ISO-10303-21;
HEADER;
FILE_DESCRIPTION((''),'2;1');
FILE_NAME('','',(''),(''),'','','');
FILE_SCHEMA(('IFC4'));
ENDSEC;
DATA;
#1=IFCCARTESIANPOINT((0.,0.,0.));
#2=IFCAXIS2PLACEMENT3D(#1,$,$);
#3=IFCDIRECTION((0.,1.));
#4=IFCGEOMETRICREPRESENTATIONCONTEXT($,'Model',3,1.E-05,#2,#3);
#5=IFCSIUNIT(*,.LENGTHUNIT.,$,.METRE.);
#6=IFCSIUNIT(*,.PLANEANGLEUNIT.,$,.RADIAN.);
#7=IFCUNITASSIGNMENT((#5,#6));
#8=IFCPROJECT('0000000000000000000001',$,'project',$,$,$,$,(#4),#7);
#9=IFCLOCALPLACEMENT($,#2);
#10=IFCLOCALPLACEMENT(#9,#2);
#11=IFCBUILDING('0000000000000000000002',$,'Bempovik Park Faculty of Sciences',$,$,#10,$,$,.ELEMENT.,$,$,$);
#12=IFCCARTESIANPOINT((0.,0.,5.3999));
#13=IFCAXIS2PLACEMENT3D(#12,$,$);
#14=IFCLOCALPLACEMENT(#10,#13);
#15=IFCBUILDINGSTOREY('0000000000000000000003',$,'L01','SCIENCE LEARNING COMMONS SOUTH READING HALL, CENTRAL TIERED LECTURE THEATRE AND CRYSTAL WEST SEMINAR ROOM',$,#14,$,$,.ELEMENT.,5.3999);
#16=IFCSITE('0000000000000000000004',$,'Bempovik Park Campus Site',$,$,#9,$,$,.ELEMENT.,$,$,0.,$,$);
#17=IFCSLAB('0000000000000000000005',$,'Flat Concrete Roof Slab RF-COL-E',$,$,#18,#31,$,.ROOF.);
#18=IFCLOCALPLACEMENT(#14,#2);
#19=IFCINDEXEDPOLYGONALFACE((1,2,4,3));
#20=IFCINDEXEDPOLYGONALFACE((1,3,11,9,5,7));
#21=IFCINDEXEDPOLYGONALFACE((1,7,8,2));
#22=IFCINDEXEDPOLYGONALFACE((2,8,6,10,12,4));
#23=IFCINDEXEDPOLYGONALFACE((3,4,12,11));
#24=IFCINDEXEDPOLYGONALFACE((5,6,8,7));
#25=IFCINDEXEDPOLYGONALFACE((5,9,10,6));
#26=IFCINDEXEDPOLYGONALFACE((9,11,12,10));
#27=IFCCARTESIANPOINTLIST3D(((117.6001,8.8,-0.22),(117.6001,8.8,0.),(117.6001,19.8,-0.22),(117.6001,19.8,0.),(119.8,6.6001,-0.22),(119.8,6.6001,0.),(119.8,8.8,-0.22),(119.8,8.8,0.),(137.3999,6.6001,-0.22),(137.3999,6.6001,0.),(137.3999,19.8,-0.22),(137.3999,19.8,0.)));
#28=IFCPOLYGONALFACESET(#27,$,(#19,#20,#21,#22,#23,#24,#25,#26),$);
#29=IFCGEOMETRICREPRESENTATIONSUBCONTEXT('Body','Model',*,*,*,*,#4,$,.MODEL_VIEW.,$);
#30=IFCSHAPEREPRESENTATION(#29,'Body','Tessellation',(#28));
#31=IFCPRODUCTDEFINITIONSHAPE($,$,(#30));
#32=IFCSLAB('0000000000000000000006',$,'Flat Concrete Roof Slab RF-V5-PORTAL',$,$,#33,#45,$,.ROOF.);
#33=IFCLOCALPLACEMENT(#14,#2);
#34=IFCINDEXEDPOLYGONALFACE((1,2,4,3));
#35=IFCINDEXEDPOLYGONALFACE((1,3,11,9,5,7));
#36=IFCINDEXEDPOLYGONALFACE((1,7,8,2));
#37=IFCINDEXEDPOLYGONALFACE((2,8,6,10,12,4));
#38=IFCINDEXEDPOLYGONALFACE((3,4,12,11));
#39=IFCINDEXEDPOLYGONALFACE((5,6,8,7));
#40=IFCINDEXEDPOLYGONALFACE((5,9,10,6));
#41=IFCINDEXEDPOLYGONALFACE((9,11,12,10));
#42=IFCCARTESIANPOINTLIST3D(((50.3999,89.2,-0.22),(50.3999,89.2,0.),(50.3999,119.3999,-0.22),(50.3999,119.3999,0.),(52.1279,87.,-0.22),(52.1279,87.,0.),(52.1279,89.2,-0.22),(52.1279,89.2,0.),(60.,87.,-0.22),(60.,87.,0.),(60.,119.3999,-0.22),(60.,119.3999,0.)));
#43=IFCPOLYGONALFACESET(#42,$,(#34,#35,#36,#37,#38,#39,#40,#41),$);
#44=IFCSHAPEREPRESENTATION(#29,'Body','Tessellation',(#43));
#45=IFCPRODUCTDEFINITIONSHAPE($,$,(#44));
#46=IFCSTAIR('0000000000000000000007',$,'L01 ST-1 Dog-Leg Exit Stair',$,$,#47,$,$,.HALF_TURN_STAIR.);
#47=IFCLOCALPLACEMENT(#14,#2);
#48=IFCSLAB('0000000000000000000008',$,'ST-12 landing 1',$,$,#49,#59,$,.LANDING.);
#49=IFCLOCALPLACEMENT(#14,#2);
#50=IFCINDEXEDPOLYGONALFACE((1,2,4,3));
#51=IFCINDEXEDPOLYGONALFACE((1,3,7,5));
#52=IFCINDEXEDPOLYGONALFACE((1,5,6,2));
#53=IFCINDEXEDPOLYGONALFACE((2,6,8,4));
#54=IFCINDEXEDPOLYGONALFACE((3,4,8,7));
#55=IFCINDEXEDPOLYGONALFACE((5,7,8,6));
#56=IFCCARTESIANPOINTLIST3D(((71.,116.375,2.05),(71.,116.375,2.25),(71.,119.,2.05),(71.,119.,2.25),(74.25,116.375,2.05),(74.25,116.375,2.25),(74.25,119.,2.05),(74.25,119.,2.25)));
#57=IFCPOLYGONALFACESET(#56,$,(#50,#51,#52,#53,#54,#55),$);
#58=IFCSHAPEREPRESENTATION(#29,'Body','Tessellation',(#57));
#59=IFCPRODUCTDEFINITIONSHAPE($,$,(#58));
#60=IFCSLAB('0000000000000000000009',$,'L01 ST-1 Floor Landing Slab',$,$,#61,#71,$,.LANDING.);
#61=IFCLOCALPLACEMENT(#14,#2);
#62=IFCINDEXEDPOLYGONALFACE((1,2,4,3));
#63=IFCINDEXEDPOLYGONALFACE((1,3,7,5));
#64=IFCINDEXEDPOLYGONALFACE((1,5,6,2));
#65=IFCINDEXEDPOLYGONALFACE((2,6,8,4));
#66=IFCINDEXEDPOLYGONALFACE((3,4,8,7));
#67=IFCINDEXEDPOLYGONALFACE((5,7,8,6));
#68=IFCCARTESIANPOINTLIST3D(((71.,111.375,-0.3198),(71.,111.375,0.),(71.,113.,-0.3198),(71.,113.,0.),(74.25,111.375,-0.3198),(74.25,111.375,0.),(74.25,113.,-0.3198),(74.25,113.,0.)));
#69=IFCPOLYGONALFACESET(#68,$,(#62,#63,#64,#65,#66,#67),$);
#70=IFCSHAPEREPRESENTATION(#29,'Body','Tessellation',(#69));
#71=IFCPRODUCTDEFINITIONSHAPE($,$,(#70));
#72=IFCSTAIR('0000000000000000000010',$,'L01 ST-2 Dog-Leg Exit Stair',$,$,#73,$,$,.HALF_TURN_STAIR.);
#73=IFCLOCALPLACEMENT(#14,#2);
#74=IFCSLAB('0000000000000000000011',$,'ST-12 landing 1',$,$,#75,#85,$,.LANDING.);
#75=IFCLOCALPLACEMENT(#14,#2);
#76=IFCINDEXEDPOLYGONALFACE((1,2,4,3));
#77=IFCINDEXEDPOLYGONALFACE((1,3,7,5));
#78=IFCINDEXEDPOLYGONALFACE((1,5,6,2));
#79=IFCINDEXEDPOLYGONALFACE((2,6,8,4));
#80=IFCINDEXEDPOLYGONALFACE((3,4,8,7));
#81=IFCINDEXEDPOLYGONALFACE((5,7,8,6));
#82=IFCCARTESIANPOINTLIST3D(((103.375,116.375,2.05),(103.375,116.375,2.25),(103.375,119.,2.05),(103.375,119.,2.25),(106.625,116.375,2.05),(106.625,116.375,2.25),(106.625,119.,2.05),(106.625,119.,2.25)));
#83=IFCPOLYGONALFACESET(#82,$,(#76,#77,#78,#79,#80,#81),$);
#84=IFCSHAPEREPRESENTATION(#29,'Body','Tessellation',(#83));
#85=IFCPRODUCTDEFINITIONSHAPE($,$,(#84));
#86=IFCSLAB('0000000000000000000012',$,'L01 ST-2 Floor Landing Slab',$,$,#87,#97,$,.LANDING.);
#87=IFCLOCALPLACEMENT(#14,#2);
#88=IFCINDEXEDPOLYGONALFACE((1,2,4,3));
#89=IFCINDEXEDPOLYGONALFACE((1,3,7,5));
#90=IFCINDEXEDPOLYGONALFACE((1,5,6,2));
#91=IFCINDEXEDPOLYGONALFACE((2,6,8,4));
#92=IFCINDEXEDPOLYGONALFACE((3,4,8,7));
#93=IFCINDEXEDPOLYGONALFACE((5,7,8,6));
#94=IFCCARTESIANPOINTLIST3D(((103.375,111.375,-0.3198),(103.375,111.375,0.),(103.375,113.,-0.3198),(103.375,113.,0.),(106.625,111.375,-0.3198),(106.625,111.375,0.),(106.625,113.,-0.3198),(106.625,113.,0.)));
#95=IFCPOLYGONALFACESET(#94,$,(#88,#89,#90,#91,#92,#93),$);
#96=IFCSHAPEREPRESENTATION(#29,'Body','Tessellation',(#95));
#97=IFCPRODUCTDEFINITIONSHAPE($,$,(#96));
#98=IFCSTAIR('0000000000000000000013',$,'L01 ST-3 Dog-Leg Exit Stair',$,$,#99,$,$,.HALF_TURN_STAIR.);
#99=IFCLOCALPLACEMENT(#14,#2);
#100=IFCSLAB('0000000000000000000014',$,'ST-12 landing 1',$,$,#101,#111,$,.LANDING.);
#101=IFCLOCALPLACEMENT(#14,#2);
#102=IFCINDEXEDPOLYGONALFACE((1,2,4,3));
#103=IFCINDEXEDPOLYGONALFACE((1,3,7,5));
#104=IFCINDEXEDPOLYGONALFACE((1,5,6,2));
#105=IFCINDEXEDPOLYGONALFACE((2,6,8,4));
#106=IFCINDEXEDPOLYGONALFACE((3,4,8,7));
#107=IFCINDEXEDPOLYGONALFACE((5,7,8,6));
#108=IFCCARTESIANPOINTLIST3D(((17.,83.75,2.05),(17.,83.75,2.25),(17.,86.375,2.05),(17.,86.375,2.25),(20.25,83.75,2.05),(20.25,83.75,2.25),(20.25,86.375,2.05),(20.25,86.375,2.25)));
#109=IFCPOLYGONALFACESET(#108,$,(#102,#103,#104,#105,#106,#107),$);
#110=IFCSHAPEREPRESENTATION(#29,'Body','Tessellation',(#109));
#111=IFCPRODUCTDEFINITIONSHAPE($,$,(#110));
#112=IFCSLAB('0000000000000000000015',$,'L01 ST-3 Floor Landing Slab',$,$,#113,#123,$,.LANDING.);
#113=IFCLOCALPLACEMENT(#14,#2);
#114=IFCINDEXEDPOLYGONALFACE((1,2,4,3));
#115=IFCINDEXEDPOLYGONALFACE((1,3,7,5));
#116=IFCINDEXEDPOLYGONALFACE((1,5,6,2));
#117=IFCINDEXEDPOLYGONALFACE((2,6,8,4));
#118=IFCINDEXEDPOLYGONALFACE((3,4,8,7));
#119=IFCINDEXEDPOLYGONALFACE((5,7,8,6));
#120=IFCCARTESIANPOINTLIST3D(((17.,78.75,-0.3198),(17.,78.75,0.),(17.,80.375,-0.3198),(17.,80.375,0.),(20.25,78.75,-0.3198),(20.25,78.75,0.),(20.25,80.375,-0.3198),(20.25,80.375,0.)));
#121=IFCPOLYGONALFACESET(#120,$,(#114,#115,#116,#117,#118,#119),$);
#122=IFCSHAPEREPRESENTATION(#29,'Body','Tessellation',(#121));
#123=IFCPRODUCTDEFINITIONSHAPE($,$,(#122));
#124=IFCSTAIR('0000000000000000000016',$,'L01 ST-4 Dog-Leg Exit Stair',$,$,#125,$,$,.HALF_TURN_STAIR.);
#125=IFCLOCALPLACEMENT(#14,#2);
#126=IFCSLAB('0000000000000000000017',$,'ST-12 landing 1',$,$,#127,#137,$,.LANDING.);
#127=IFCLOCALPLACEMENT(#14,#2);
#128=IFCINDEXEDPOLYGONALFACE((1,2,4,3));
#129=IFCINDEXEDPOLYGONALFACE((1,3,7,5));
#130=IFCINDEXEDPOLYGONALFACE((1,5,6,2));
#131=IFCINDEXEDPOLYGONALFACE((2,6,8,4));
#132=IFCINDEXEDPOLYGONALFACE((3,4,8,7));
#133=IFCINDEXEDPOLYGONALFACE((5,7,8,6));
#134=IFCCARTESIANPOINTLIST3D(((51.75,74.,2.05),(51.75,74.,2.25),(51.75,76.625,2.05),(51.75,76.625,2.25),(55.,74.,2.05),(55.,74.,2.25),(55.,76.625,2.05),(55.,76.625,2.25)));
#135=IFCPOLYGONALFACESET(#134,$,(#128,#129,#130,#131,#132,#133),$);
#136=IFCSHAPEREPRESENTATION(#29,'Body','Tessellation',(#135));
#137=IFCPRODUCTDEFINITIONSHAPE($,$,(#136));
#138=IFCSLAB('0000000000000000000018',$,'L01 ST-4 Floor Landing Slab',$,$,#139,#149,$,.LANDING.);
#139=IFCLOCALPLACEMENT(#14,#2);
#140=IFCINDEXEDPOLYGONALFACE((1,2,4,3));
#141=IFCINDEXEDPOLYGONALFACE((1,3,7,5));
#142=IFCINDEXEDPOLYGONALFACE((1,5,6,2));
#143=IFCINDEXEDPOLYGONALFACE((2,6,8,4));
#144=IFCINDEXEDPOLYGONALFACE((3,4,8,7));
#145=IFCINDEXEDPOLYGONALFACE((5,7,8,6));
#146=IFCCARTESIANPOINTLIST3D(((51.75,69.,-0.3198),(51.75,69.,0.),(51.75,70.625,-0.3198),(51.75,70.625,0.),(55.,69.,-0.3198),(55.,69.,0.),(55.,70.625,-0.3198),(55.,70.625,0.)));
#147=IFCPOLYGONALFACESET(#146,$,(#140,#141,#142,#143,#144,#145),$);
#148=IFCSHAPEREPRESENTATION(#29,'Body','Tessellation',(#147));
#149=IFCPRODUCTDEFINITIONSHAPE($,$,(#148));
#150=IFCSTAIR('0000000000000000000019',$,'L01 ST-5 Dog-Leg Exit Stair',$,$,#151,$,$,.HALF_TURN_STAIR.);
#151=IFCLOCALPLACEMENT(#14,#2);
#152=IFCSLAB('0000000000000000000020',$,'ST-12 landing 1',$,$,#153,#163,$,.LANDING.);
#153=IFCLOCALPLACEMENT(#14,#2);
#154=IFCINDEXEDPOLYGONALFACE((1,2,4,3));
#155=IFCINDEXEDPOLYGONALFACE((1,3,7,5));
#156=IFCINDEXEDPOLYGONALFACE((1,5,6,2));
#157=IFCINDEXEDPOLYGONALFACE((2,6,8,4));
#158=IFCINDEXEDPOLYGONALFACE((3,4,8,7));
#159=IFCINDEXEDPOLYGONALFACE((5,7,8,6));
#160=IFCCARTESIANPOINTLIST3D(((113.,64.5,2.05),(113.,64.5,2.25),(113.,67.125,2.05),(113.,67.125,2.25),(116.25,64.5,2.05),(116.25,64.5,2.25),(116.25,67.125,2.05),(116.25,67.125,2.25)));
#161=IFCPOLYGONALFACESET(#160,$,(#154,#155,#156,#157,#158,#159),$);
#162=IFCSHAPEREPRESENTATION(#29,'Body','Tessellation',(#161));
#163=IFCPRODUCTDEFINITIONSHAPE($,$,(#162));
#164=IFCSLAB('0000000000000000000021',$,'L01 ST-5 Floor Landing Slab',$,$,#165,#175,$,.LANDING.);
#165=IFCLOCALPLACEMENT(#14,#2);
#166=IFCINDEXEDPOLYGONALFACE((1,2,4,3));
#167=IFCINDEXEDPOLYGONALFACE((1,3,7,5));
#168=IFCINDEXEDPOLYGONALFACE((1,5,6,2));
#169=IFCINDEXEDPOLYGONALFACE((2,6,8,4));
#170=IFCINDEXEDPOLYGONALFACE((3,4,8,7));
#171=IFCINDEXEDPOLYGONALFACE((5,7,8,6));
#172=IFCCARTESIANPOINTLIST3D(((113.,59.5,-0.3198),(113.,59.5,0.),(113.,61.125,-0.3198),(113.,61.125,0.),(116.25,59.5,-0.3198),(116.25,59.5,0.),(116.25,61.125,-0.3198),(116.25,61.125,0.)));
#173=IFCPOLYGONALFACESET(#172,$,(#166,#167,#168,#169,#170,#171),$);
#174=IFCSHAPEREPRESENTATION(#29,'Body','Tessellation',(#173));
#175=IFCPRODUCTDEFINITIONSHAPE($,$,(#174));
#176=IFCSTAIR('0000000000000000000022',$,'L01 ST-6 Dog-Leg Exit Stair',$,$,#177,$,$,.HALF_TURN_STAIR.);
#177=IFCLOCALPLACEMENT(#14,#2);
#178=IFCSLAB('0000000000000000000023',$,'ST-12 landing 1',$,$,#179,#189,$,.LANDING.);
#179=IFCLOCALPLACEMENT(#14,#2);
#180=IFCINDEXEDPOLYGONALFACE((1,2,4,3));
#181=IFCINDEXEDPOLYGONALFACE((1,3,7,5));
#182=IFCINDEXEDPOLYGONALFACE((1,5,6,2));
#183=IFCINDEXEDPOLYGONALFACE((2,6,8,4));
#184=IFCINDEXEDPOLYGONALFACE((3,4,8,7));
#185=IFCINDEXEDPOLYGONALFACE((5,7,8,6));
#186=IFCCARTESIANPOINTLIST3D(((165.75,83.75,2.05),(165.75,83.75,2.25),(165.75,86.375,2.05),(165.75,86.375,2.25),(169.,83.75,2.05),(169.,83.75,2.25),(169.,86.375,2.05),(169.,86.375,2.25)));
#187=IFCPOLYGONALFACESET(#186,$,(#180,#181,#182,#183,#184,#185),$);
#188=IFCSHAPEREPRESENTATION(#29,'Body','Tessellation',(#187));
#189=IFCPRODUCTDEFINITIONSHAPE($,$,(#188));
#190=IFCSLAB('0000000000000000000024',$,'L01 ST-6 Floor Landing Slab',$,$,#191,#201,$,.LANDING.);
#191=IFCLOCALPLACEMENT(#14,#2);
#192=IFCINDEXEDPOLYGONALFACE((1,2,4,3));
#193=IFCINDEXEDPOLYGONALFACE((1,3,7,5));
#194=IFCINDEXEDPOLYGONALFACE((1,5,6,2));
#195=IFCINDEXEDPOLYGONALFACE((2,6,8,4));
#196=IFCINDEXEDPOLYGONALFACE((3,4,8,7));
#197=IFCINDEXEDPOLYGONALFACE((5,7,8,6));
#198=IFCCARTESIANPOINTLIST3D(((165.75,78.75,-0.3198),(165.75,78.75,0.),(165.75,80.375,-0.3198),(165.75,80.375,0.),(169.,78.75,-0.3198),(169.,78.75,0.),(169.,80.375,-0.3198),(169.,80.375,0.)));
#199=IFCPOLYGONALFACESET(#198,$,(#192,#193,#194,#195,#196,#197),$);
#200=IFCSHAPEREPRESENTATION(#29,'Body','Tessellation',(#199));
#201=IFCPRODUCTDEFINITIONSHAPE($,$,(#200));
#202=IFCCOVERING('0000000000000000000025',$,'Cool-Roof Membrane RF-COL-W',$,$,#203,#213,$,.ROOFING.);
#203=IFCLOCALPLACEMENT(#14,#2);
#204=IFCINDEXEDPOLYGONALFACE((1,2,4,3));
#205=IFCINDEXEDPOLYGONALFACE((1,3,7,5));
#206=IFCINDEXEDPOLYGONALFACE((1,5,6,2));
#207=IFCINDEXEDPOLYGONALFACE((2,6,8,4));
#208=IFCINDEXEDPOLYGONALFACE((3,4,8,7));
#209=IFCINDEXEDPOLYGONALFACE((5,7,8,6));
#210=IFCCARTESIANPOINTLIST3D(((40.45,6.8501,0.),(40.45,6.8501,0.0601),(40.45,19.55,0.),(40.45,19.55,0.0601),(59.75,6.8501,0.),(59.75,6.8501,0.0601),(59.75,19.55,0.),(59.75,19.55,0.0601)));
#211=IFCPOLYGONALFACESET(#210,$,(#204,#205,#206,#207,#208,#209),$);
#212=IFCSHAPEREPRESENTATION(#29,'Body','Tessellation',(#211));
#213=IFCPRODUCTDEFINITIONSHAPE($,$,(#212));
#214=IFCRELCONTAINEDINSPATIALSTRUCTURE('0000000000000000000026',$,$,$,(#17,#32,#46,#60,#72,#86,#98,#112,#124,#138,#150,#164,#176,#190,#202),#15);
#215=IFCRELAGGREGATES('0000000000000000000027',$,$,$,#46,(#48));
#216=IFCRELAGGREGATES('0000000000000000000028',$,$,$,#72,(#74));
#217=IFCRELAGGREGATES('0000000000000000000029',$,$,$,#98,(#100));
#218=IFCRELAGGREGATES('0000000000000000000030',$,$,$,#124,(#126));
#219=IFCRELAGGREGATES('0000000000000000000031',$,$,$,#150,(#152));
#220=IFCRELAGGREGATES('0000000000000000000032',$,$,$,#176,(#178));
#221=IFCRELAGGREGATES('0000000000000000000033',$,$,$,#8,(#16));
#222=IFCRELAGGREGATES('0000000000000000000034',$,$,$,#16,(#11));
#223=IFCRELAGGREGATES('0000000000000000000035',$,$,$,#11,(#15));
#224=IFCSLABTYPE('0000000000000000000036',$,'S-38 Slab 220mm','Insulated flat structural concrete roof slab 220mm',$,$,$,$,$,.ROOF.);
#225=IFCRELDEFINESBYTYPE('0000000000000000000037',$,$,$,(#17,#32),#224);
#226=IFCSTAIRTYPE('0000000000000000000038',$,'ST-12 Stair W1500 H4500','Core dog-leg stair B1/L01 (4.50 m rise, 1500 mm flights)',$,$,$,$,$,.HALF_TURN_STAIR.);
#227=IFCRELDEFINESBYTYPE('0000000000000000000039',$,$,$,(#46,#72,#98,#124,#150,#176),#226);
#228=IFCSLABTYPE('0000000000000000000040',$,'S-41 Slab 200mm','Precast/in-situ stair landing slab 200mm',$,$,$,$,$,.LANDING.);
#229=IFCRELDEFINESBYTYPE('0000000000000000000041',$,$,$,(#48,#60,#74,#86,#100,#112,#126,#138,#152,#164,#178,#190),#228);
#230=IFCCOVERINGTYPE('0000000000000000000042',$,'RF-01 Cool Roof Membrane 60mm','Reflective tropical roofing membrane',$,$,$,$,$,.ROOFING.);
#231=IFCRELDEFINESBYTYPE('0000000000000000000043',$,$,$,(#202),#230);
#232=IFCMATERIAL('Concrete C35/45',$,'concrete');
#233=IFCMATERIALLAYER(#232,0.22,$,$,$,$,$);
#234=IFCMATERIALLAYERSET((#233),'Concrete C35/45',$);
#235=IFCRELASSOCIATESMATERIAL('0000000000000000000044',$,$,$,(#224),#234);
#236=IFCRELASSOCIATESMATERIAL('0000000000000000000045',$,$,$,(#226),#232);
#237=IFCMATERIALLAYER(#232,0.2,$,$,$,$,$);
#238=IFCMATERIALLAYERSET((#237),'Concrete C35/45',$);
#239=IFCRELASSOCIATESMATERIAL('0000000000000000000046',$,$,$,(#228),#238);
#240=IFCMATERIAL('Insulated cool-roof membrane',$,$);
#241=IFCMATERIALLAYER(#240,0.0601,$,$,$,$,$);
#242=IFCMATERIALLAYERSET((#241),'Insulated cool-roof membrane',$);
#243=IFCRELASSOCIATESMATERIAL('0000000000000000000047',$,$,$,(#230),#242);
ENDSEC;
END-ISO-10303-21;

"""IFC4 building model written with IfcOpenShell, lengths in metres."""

from ifc_helpers import new_model, si_unit, direction, frame, origin, place, context, subcontext, project, spatial, polyline, outline, extrude, material, layer, layer_set, type_object, element, aggregate, save


model = new_model("IFC4")

# Units and contexts
model_context = context("Model", 3, precision=1e-05, world=origin(), true_north=direction((0.0, 1.0)))
body_context = subcontext(model_context, "Body", "Model", "MODEL_VIEW")
ifc_project = project(units=[si_unit("LENGTHUNIT", "METRE"), si_unit("PLANEANGLEUNIT", "RADIAN")], contexts=[model_context])

# Site, building, storey
site_placement = place(None, origin())
site = spatial("IfcSite", under=ifc_project, at=site_placement, Name="Bempovik Park Campus Site", CompositionType="ELEMENT", RefElevation=0.0)
building_placement = place(site_placement, origin())
building = spatial("IfcBuilding", under=site, at=building_placement, Name="Bempovik Park Faculty of Sciences", CompositionType="ELEMENT")
storey_placement = place(building_placement, frame((0.0, 0.0, 5.3999)))
storey = spatial("IfcBuildingStorey", under=building, at=storey_placement, Name="L01", Description="SCIENCE LEARNING COMMONS SOUTH READING HALL, CENTRAL TIERED LECTURE THEATRE AND CRYSTAL WEST SEMINAR ROOM", CompositionType="ELEMENT", Elevation=5.3999)

# Slabs
ifc_material_1 = material(Name="Concrete C35/45", Category="concrete")
ifc_layer_1 = layer(ifc_material_1, 0.22)
ifc_layer_set_1 = layer_set([ifc_layer_1], Name="Concrete C35/45")
slab_type_1 = type_object("IfcSlabType", Name="S-38 Slab 220mm", Description="Insulated flat structural concrete roof slab 220mm", PredefinedType="ROOF", material=ifc_layer_set_1)
slab_1_placement = place(storey_placement, frame((0.0, 0.0, -0.22)))
element("IfcSlab", 1, at=slab_1_placement, inside=storey, type_object=slab_type_1, Name="Flat Concrete Roof Slab RF-COL-E", PredefinedType="ROOF", context=body_context, shape_type="SweptSolid", body=[
    extrude(outline(polyline([(119.8, 6.6001), (137.3999, 6.6001), (137.3999, 19.8), (117.6001, 19.8), (117.6001, 8.8), (119.8, 8.8), (119.8, 6.6001)])), origin(), (0.0, 0.0, 1.0), 0.22),
])
slab_2_placement = place(storey_placement, frame((0.0, 0.0, -0.22)))
element("IfcSlab", 2, at=slab_2_placement, inside=storey, type_object=slab_type_1, Name="Flat Concrete Roof Slab RF-V5-PORTAL", PredefinedType="ROOF", context=body_context, shape_type="SweptSolid", body=[
    extrude(outline(polyline([(52.1279, 87.0), (60.0, 87.0), (60.0, 119.3999), (50.3999, 119.3999), (50.3999, 89.2), (52.1279, 89.2), (52.1279, 87.0)])), origin(), (0.0, 0.0, 1.0), 0.22),
])

# Stair, slab
stair_type = type_object("IfcStairType", Name="ST-12 Stair W1500 H4500", Description="Core dog-leg stair B1/L01 (4.50 m rise, 1500 mm flights)", PredefinedType="HALF_TURN_STAIR", material=ifc_material_1)
stair_1_placement = place(storey_placement, origin())
stair_1 = element("IfcStair", 3, at=stair_1_placement, inside=storey, type_object=stair_type, Name="L01 ST-1 Dog-Leg Exit Stair", PredefinedType="HALF_TURN_STAIR")
ifc_layer_2 = layer(ifc_material_1, 0.2)
ifc_layer_set_2 = layer_set([ifc_layer_2], Name="Concrete C35/45")
slab_type_2 = type_object("IfcSlabType", Name="S-41 Slab 200mm", Description="Precast/in-situ stair landing slab 200mm", PredefinedType="LANDING", material=ifc_layer_set_2)
slab_3_placement = place(storey_placement, frame((0.0, 0.0, 2.05)))
slab_3 = element("IfcSlab", 4, at=slab_3_placement, type_object=slab_type_2, Name="ST-12 landing 1", PredefinedType="LANDING", context=body_context, shape_type="SweptSolid", body=[
    extrude(outline(polyline([(74.25, 116.375), (74.25, 119.0), (71.0, 119.0), (71.0, 116.375), (74.25, 116.375)])), origin(), (0.0, 0.0, 1.0), 0.2),
])
aggregate(stair_1, [slab_3])

# Slab
slab_4_placement = place(storey_placement, frame((0.0, 0.0, -0.3198)))
element("IfcSlab", 5, at=slab_4_placement, inside=storey, type_object=slab_type_2, Name="L01 ST-1 Floor Landing Slab", PredefinedType="LANDING", context=body_context, shape_type="SweptSolid", body=[
    extrude(outline(polyline([(74.25, 111.375), (74.25, 113.0), (71.0, 113.0), (71.0, 111.375), (74.25, 111.375)])), origin(), (0.0, 0.0, 1.0), 0.3198),
])

# Stair, slab
stair_2_placement = place(storey_placement, origin())
stair_2 = element("IfcStair", 6, at=stair_2_placement, inside=storey, type_object=stair_type, Name="L01 ST-2 Dog-Leg Exit Stair", PredefinedType="HALF_TURN_STAIR")
slab_5_placement = place(storey_placement, frame((0.0, 0.0, 2.05)))
slab_5 = element("IfcSlab", 7, at=slab_5_placement, type_object=slab_type_2, Name="ST-12 landing 1", PredefinedType="LANDING", context=body_context, shape_type="SweptSolid", body=[
    extrude(outline(polyline([(106.625, 116.375), (106.625, 119.0), (103.375, 119.0), (103.375, 116.375), (106.625, 116.375)])), origin(), (0.0, 0.0, 1.0), 0.2),
])
aggregate(stair_2, [slab_5])

# Slab
slab_6_placement = place(storey_placement, frame((0.0, 0.0, -0.3198)))
element("IfcSlab", 8, at=slab_6_placement, inside=storey, type_object=slab_type_2, Name="L01 ST-2 Floor Landing Slab", PredefinedType="LANDING", context=body_context, shape_type="SweptSolid", body=[
    extrude(outline(polyline([(106.625, 111.375), (106.625, 113.0), (103.375, 113.0), (103.375, 111.375), (106.625, 111.375)])), origin(), (0.0, 0.0, 1.0), 0.3198),
])

# Stair, slab
stair_3_placement = place(storey_placement, origin())
stair_3 = element("IfcStair", 9, at=stair_3_placement, inside=storey, type_object=stair_type, Name="L01 ST-3 Dog-Leg Exit Stair", PredefinedType="HALF_TURN_STAIR")
slab_7_placement = place(storey_placement, frame((0.0, 0.0, 2.05)))
slab_7 = element("IfcSlab", 10, at=slab_7_placement, type_object=slab_type_2, Name="ST-12 landing 1", PredefinedType="LANDING", context=body_context, shape_type="SweptSolid", body=[
    extrude(outline(polyline([(20.25, 83.75), (20.25, 86.375), (17.0, 86.375), (17.0, 83.75), (20.25, 83.75)])), origin(), (0.0, 0.0, 1.0), 0.2),
])
aggregate(stair_3, [slab_7])

# Slab
slab_8_placement = place(storey_placement, frame((0.0, 0.0, -0.3198)))
element("IfcSlab", 11, at=slab_8_placement, inside=storey, type_object=slab_type_2, Name="L01 ST-3 Floor Landing Slab", PredefinedType="LANDING", context=body_context, shape_type="SweptSolid", body=[
    extrude(outline(polyline([(20.25, 78.75), (20.25, 80.375), (17.0, 80.375), (17.0, 78.75), (20.25, 78.75)])), origin(), (0.0, 0.0, 1.0), 0.3198),
])

# Stair, slab
stair_4_placement = place(storey_placement, origin())
stair_4 = element("IfcStair", 12, at=stair_4_placement, inside=storey, type_object=stair_type, Name="L01 ST-4 Dog-Leg Exit Stair", PredefinedType="HALF_TURN_STAIR")
slab_9_placement = place(storey_placement, frame((0.0, 0.0, 2.05)))
slab_9 = element("IfcSlab", 13, at=slab_9_placement, type_object=slab_type_2, Name="ST-12 landing 1", PredefinedType="LANDING", context=body_context, shape_type="SweptSolid", body=[
    extrude(outline(polyline([(55.0, 74.0), (55.0, 76.625), (51.75, 76.625), (51.75, 74.0), (55.0, 74.0)])), origin(), (0.0, 0.0, 1.0), 0.2),
])
aggregate(stair_4, [slab_9])

# Slab
slab_10_placement = place(storey_placement, frame((0.0, 0.0, -0.3198)))
element("IfcSlab", 14, at=slab_10_placement, inside=storey, type_object=slab_type_2, Name="L01 ST-4 Floor Landing Slab", PredefinedType="LANDING", context=body_context, shape_type="SweptSolid", body=[
    extrude(outline(polyline([(55.0, 69.0), (55.0, 70.625), (51.75, 70.625), (51.75, 69.0), (55.0, 69.0)])), origin(), (0.0, 0.0, 1.0), 0.3198),
])

# Stair, slab
stair_5_placement = place(storey_placement, origin())
stair_5 = element("IfcStair", 15, at=stair_5_placement, inside=storey, type_object=stair_type, Name="L01 ST-5 Dog-Leg Exit Stair", PredefinedType="HALF_TURN_STAIR")
slab_11_placement = place(storey_placement, frame((0.0, 0.0, 2.05)))
slab_11 = element("IfcSlab", 16, at=slab_11_placement, type_object=slab_type_2, Name="ST-12 landing 1", PredefinedType="LANDING", context=body_context, shape_type="SweptSolid", body=[
    extrude(outline(polyline([(116.25, 64.5), (116.25, 67.125), (113.0, 67.125), (113.0, 64.5), (116.25, 64.5)])), origin(), (0.0, 0.0, 1.0), 0.2),
])
aggregate(stair_5, [slab_11])

# Slab
slab_12_placement = place(storey_placement, frame((0.0, 0.0, -0.3198)))
element("IfcSlab", 17, at=slab_12_placement, inside=storey, type_object=slab_type_2, Name="L01 ST-5 Floor Landing Slab", PredefinedType="LANDING", context=body_context, shape_type="SweptSolid", body=[
    extrude(outline(polyline([(116.25, 59.5), (116.25, 61.125), (113.0, 61.125), (113.0, 59.5), (116.25, 59.5)])), origin(), (0.0, 0.0, 1.0), 0.3198),
])

# Stair, slab
stair_6_placement = place(storey_placement, origin())
stair_6 = element("IfcStair", 18, at=stair_6_placement, inside=storey, type_object=stair_type, Name="L01 ST-6 Dog-Leg Exit Stair", PredefinedType="HALF_TURN_STAIR")
slab_13_placement = place(storey_placement, frame((0.0, 0.0, 2.05)))
slab_13 = element("IfcSlab", 19, at=slab_13_placement, type_object=slab_type_2, Name="ST-12 landing 1", PredefinedType="LANDING", context=body_context, shape_type="SweptSolid", body=[
    extrude(outline(polyline([(169.0, 83.75), (169.0, 86.375), (165.75, 86.375), (165.75, 83.75), (169.0, 83.75)])), origin(), (0.0, 0.0, 1.0), 0.2),
])
aggregate(stair_6, [slab_13])

# Slab
slab_14_placement = place(storey_placement, frame((0.0, 0.0, -0.3198)))
element("IfcSlab", 20, at=slab_14_placement, inside=storey, type_object=slab_type_2, Name="L01 ST-6 Floor Landing Slab", PredefinedType="LANDING", context=body_context, shape_type="SweptSolid", body=[
    extrude(outline(polyline([(169.0, 78.75), (169.0, 80.375), (165.75, 80.375), (165.75, 78.75), (169.0, 78.75)])), origin(), (0.0, 0.0, 1.0), 0.3198),
])

# Covering
ifc_material_2 = material(Name="Insulated cool-roof membrane")
ifc_layer_3 = layer(ifc_material_2, 0.0601)
ifc_layer_set_3 = layer_set([ifc_layer_3], Name="Insulated cool-roof membrane")
covering_type = type_object("IfcCoveringType", Name="RF-01 Cool Roof Membrane 60mm", Description="Reflective tropical roofing membrane", PredefinedType="ROOFING", material=ifc_layer_set_3)
covering_1_placement = place(storey_placement, origin())
element("IfcCovering", 21, at=covering_1_placement, inside=storey, type_object=covering_type, Name="Cool-Roof Membrane RF-COL-W", PredefinedType="ROOFING", context=body_context, shape_type="SweptSolid", body=[
    extrude(outline(polyline([(40.45, 6.8501), (59.75, 6.8501), (59.75, 19.55), (40.45, 19.55), (40.45, 6.8501)])), origin(), (0.0, 0.0, 1.0), 0.0601),
])

save(model, "model.ifc")
